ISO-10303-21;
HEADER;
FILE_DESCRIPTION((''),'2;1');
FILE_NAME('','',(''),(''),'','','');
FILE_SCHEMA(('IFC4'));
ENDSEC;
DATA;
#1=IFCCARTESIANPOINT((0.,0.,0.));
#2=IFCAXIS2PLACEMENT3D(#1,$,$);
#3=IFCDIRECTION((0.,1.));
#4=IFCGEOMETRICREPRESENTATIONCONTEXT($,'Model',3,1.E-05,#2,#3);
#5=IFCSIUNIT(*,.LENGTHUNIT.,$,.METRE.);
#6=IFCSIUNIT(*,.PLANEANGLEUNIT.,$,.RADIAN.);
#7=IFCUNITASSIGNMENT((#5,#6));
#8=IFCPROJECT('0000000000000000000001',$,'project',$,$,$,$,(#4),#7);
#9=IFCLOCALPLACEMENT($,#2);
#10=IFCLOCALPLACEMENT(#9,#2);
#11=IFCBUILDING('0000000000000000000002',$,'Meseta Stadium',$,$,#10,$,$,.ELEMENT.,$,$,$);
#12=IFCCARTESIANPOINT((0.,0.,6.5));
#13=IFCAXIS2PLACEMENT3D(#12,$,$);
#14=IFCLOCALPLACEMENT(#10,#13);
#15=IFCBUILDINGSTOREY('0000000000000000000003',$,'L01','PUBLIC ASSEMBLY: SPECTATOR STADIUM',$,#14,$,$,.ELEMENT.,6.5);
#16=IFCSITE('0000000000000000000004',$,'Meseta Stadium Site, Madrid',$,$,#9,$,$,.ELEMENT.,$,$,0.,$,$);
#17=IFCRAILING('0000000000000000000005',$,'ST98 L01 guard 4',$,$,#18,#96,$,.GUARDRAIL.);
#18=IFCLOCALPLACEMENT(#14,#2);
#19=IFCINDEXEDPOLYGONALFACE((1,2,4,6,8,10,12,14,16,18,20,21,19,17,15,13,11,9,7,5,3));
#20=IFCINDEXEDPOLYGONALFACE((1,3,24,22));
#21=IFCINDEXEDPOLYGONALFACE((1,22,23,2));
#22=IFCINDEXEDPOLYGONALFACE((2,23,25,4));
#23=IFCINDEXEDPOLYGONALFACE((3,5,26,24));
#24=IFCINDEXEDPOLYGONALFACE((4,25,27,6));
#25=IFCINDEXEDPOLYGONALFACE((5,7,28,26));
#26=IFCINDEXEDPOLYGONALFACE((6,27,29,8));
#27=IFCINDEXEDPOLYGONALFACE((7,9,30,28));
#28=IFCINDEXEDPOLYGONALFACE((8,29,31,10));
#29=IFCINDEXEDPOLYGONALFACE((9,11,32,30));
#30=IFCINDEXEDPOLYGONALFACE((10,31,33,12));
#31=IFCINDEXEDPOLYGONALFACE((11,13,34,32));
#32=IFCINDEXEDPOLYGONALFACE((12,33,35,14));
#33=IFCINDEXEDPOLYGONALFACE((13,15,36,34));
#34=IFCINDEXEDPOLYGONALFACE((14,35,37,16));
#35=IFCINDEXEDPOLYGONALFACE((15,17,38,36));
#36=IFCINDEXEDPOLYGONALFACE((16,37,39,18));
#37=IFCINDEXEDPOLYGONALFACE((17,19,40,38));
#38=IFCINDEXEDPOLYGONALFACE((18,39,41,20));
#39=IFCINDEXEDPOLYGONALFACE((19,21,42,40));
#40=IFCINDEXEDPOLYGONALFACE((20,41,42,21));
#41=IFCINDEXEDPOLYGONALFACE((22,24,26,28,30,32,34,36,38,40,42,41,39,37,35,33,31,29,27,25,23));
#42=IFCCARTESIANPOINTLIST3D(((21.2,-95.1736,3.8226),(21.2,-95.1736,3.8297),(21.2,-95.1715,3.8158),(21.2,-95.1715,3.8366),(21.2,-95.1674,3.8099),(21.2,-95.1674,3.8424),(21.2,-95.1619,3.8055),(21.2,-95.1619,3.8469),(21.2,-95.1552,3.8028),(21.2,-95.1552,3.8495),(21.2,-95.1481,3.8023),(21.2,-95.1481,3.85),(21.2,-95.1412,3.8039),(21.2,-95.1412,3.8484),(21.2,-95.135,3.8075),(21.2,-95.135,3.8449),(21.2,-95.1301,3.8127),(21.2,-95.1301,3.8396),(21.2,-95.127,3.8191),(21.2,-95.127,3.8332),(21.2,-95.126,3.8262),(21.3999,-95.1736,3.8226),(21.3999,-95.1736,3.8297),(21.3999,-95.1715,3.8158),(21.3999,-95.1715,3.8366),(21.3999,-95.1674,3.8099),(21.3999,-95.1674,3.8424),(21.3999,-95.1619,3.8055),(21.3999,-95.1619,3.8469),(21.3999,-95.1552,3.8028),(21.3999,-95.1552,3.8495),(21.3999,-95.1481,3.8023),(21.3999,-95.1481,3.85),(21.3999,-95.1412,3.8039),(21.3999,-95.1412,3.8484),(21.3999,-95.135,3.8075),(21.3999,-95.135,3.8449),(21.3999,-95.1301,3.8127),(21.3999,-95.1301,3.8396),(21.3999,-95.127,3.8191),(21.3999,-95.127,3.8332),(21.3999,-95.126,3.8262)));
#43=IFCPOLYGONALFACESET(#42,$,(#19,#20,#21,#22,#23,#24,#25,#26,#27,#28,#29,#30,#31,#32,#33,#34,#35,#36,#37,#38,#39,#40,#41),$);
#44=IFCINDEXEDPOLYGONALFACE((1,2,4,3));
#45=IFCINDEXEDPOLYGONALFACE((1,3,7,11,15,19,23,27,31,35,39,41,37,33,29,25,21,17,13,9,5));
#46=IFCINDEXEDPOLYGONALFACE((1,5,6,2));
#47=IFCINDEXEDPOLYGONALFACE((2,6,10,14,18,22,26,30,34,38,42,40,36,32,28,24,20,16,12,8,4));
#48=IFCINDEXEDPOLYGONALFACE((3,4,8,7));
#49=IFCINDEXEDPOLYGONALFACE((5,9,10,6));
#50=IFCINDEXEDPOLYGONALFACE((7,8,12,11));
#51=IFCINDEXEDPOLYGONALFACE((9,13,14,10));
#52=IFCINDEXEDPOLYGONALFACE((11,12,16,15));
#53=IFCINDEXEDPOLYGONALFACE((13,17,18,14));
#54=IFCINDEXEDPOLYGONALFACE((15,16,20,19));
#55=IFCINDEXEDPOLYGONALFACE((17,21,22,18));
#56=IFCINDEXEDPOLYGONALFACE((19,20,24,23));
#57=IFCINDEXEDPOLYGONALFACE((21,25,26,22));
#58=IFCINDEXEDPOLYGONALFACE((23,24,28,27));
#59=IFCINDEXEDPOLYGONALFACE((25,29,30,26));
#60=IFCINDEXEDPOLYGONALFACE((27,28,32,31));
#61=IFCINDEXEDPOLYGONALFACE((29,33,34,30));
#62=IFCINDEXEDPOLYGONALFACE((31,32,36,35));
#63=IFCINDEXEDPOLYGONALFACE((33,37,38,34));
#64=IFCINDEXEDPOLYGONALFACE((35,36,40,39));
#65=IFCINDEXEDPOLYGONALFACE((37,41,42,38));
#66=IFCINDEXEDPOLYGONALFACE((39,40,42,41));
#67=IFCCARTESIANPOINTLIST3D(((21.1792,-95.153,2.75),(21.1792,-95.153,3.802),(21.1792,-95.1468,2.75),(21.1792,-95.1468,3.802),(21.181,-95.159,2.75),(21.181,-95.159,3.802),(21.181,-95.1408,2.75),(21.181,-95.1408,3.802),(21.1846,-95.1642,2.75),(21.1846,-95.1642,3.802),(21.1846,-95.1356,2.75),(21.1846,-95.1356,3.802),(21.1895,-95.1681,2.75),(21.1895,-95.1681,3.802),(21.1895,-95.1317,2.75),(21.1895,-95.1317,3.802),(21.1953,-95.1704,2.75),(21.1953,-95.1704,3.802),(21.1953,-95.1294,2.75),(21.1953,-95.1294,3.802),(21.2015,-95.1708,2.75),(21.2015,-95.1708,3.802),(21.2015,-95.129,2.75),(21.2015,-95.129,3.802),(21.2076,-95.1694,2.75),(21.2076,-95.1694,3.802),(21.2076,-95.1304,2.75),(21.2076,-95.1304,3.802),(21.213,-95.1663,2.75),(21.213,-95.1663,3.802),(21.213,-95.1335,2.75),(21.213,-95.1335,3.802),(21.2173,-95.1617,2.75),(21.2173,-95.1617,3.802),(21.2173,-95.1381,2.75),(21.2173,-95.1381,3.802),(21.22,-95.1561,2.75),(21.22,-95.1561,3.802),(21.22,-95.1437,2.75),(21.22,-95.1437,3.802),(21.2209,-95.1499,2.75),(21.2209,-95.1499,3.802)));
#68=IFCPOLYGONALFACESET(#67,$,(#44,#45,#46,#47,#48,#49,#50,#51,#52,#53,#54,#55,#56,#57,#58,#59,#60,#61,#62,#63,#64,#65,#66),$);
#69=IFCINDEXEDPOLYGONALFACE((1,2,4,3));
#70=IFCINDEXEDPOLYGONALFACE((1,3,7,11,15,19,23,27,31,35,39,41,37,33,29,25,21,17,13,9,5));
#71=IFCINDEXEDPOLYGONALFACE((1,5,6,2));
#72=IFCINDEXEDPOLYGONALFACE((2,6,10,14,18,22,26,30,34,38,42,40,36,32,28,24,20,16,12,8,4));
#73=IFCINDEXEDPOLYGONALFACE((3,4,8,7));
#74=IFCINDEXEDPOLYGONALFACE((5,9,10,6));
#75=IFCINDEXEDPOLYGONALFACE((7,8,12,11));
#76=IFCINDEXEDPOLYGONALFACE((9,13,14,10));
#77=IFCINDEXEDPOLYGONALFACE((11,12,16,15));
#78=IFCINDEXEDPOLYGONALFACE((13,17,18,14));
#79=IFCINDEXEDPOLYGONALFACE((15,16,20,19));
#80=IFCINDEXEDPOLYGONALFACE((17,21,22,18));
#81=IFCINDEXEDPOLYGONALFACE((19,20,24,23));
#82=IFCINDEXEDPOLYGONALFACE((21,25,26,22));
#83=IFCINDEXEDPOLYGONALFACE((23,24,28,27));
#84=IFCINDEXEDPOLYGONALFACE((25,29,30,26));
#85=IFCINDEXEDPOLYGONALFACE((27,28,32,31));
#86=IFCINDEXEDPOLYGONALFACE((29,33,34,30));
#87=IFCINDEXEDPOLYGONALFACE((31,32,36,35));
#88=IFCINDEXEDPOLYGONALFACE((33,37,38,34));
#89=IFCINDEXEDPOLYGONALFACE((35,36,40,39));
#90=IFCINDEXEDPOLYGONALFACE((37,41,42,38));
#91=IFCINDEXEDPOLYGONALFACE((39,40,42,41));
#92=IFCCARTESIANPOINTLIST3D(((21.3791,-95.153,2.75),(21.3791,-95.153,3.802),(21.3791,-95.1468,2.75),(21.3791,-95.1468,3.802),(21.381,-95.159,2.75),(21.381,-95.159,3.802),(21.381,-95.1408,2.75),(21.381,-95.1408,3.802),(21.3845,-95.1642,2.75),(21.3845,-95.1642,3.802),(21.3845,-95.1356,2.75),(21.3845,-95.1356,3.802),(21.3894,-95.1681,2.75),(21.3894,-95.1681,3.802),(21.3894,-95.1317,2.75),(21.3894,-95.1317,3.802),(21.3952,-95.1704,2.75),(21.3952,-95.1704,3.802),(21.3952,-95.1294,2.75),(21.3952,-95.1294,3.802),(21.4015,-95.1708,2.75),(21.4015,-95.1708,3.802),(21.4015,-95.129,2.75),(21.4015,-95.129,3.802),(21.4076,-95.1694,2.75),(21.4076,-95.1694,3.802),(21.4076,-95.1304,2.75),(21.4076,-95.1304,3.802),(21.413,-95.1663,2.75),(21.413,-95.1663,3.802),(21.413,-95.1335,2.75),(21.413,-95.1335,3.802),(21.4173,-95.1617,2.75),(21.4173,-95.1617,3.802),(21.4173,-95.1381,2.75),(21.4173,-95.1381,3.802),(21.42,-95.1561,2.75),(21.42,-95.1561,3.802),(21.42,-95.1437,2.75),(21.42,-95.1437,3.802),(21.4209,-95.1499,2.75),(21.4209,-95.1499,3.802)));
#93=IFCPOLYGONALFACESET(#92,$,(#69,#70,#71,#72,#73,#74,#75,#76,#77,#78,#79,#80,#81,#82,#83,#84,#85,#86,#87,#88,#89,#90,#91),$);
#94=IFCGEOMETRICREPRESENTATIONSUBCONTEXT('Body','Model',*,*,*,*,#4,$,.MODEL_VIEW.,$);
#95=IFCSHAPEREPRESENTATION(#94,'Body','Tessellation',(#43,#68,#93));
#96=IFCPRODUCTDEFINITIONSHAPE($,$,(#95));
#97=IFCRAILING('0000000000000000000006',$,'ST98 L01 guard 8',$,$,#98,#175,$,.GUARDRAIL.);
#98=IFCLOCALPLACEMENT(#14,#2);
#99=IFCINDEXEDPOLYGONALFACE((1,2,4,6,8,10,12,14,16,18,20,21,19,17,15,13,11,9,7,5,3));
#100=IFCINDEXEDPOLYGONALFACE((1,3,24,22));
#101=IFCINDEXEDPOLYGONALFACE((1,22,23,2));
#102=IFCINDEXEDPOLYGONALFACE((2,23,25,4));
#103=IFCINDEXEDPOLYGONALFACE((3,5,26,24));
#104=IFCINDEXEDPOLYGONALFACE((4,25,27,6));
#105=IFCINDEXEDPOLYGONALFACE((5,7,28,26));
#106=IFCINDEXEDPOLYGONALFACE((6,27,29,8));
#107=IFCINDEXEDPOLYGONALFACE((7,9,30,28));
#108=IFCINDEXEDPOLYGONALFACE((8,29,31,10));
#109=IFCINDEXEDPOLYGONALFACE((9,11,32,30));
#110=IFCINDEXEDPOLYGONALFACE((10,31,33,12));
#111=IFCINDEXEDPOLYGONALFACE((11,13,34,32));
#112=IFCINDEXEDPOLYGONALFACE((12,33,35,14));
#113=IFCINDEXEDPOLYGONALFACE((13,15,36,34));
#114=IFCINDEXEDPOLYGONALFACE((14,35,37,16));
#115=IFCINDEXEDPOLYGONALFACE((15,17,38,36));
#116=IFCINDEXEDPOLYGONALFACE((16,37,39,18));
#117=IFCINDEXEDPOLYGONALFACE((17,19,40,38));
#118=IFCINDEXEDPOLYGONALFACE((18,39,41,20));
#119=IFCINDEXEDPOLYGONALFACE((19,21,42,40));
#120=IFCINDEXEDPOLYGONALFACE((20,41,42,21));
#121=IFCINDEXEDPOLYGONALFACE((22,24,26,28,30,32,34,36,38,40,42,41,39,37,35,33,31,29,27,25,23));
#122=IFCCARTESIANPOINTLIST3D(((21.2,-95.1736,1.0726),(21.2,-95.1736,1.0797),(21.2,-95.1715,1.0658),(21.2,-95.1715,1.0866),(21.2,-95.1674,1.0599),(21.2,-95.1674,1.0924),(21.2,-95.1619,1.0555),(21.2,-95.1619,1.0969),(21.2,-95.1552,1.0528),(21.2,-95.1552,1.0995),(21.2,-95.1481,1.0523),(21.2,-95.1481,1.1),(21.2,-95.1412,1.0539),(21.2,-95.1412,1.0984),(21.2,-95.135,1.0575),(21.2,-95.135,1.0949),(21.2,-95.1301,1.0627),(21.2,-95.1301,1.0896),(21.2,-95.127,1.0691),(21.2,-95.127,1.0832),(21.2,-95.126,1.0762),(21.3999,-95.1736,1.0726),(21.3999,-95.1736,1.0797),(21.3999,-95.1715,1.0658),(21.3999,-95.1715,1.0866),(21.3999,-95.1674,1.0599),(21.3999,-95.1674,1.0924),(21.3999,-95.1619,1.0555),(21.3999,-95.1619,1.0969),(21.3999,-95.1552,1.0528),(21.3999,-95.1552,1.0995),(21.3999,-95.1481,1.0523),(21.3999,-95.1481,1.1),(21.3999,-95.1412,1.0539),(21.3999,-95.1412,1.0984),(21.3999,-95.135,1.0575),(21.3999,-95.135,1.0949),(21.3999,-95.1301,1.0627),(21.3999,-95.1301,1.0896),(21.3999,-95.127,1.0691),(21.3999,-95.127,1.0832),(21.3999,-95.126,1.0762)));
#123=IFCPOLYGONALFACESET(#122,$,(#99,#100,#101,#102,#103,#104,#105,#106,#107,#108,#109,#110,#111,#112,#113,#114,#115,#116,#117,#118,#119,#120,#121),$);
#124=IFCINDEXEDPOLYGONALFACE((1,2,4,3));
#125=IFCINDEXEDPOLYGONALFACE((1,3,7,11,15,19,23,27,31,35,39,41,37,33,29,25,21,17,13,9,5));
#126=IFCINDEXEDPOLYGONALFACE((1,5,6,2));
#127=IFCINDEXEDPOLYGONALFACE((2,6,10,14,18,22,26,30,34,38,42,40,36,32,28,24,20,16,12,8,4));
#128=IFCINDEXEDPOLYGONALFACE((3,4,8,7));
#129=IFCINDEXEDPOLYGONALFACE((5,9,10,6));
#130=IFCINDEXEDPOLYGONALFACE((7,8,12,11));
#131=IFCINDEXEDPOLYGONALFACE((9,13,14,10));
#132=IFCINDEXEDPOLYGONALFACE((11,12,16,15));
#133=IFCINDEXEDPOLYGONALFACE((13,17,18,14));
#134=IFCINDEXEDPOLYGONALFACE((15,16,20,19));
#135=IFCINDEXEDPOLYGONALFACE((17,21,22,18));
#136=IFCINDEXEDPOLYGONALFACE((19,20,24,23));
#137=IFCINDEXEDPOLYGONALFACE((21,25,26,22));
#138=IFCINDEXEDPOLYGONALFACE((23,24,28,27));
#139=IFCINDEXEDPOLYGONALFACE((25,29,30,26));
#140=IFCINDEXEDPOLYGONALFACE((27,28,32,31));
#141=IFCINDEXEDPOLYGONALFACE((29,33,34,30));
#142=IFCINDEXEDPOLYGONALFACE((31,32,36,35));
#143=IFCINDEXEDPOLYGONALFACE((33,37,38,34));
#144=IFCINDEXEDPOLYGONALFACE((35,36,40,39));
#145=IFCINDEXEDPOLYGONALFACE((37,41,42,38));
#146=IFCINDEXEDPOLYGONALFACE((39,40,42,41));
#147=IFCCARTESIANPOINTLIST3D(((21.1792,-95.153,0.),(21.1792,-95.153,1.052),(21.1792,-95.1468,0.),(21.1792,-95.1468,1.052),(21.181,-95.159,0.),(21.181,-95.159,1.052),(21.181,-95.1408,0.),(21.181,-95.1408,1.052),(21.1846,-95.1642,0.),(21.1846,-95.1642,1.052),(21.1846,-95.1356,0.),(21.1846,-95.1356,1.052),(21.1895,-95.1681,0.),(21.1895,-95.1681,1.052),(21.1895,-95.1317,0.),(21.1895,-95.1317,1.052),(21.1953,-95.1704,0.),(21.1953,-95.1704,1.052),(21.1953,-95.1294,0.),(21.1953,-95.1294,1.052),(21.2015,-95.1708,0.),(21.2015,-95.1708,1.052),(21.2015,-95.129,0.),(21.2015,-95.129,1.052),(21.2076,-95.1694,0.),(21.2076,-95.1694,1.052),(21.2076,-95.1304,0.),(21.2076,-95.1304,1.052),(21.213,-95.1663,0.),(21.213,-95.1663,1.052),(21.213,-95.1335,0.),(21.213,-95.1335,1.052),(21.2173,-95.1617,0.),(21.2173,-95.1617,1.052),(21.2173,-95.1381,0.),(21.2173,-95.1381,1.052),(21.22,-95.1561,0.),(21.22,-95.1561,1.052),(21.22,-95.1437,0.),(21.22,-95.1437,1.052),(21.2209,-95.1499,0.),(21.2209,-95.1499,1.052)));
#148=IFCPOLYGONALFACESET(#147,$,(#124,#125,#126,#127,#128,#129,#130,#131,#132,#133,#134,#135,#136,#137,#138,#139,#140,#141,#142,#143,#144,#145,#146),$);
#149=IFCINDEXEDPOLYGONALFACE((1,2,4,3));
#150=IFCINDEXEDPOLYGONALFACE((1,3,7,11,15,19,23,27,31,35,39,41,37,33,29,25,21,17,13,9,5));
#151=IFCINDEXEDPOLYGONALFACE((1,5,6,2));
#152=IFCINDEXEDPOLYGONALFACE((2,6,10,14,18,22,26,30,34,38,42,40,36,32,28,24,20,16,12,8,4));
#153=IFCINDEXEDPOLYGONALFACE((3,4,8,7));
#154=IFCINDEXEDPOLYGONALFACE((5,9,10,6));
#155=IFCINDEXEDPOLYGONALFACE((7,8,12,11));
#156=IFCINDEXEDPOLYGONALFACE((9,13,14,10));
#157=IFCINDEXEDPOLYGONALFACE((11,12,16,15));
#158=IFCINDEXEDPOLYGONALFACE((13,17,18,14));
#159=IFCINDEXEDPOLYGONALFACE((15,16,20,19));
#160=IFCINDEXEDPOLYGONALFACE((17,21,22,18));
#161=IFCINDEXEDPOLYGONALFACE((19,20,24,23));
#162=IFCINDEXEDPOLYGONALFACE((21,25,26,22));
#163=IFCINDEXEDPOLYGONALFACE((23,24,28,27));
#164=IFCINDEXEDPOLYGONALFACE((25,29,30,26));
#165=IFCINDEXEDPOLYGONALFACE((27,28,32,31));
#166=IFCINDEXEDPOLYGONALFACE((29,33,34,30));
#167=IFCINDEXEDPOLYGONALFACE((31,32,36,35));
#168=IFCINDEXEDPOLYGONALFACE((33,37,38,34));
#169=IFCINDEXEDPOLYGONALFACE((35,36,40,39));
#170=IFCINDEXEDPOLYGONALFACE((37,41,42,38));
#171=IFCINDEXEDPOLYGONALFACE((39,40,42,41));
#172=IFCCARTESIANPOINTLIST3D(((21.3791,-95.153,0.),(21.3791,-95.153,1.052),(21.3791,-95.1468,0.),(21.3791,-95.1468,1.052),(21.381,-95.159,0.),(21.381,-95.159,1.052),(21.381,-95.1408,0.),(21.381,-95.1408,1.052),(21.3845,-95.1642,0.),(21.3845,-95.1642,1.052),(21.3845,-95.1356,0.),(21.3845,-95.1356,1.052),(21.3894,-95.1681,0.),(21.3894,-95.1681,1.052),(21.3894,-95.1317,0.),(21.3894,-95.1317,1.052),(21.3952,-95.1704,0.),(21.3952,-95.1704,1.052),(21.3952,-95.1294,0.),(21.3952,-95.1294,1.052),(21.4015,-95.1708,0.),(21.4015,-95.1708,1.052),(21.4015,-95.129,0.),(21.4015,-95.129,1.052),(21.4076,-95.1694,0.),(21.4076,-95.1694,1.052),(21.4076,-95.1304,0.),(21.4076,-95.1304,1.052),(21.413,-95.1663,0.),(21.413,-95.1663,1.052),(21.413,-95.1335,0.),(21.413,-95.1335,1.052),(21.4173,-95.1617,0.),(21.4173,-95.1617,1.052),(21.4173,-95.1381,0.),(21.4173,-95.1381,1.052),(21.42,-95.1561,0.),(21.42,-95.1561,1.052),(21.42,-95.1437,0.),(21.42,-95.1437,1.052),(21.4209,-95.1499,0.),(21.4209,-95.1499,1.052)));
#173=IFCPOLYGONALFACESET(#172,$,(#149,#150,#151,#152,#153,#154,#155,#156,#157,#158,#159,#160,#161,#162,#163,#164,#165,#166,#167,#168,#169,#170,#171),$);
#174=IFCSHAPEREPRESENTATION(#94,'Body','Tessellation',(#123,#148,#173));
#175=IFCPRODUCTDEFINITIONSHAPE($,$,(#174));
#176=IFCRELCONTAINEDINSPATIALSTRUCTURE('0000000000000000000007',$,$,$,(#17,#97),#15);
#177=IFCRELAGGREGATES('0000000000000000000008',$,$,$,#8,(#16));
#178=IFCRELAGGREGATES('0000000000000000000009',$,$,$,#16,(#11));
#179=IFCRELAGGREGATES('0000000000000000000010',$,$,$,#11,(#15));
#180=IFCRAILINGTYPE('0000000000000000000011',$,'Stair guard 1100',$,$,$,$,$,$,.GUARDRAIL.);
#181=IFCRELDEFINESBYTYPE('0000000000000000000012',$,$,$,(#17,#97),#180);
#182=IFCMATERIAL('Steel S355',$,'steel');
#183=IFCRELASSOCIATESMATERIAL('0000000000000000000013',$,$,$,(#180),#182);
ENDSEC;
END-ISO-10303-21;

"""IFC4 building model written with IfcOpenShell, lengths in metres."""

from ifc_helpers import new_model, si_unit, direction, frame, origin, origin_2d, place, context, subcontext, project, spatial, circle, extrude, material, type_object, element, save


model = new_model("IFC4")

# Units and contexts
model_context = context("Model", 3, precision=1e-05, world=origin(), true_north=direction((0.0, 1.0)))
body_context = subcontext(model_context, "Body", "Model", "MODEL_VIEW")
ifc_project = project(units=[si_unit("LENGTHUNIT", "METRE"), si_unit("PLANEANGLEUNIT", "RADIAN")], contexts=[model_context])

# Site, building, storey
site_placement = place(None, origin())
site = spatial("IfcSite", under=ifc_project, at=site_placement, Name="Meseta Stadium Site, Madrid", CompositionType="ELEMENT", RefElevation=0.0)
building_placement = place(site_placement, origin())
building = spatial("IfcBuilding", under=site, at=building_placement, Name="Meseta Stadium", CompositionType="ELEMENT")
storey_placement = place(building_placement, frame((0.0, 0.0, 6.5)))
storey = spatial("IfcBuildingStorey", under=building, at=storey_placement, Name="L01", Description="PUBLIC ASSEMBLY: SPECTATOR STADIUM", CompositionType="ELEMENT", Elevation=6.5)

# Railings
ifc_material_1 = material(Name="Steel S355", Category="steel")
railing_type = type_object("IfcRailingType", Name="Stair guard 1100", PredefinedType="GUARDRAIL", material=ifc_material_1)
for number, where, name in (
    (1, (21.2, -95.1499, 2.75), "ST98 L01 guard 4"),
    (2, (21.2, -95.1499, 0.0), "ST98 L01 guard 8"),
):
    element("IfcRailing", number, at=place(storey_placement, frame(where)), inside=storey, type_object=railing_type, Name=name, PredefinedType="GUARDRAIL", context=body_context, shape_type="SweptSolid", body=[
        extrude(circle(Radius=0.0239, at=origin_2d()), frame((0.0, 0.0, 1.0762), z_axis=(1.0, 0.0, 0.0), x_axis=(0.0, 1.0, 0.0)), (0.0, 0.0, 1.0), 0.2),
        extrude(circle(Radius=0.021, at=origin_2d()), origin(), (0.0, 0.0, 1.0), 1.052),
        extrude(circle(Radius=0.021, at=origin_2d()), frame((0.2, 0.0, 0.0)), (0.0, 0.0, 1.0), 1.052),
    ])

save(model, "model.ifc")
